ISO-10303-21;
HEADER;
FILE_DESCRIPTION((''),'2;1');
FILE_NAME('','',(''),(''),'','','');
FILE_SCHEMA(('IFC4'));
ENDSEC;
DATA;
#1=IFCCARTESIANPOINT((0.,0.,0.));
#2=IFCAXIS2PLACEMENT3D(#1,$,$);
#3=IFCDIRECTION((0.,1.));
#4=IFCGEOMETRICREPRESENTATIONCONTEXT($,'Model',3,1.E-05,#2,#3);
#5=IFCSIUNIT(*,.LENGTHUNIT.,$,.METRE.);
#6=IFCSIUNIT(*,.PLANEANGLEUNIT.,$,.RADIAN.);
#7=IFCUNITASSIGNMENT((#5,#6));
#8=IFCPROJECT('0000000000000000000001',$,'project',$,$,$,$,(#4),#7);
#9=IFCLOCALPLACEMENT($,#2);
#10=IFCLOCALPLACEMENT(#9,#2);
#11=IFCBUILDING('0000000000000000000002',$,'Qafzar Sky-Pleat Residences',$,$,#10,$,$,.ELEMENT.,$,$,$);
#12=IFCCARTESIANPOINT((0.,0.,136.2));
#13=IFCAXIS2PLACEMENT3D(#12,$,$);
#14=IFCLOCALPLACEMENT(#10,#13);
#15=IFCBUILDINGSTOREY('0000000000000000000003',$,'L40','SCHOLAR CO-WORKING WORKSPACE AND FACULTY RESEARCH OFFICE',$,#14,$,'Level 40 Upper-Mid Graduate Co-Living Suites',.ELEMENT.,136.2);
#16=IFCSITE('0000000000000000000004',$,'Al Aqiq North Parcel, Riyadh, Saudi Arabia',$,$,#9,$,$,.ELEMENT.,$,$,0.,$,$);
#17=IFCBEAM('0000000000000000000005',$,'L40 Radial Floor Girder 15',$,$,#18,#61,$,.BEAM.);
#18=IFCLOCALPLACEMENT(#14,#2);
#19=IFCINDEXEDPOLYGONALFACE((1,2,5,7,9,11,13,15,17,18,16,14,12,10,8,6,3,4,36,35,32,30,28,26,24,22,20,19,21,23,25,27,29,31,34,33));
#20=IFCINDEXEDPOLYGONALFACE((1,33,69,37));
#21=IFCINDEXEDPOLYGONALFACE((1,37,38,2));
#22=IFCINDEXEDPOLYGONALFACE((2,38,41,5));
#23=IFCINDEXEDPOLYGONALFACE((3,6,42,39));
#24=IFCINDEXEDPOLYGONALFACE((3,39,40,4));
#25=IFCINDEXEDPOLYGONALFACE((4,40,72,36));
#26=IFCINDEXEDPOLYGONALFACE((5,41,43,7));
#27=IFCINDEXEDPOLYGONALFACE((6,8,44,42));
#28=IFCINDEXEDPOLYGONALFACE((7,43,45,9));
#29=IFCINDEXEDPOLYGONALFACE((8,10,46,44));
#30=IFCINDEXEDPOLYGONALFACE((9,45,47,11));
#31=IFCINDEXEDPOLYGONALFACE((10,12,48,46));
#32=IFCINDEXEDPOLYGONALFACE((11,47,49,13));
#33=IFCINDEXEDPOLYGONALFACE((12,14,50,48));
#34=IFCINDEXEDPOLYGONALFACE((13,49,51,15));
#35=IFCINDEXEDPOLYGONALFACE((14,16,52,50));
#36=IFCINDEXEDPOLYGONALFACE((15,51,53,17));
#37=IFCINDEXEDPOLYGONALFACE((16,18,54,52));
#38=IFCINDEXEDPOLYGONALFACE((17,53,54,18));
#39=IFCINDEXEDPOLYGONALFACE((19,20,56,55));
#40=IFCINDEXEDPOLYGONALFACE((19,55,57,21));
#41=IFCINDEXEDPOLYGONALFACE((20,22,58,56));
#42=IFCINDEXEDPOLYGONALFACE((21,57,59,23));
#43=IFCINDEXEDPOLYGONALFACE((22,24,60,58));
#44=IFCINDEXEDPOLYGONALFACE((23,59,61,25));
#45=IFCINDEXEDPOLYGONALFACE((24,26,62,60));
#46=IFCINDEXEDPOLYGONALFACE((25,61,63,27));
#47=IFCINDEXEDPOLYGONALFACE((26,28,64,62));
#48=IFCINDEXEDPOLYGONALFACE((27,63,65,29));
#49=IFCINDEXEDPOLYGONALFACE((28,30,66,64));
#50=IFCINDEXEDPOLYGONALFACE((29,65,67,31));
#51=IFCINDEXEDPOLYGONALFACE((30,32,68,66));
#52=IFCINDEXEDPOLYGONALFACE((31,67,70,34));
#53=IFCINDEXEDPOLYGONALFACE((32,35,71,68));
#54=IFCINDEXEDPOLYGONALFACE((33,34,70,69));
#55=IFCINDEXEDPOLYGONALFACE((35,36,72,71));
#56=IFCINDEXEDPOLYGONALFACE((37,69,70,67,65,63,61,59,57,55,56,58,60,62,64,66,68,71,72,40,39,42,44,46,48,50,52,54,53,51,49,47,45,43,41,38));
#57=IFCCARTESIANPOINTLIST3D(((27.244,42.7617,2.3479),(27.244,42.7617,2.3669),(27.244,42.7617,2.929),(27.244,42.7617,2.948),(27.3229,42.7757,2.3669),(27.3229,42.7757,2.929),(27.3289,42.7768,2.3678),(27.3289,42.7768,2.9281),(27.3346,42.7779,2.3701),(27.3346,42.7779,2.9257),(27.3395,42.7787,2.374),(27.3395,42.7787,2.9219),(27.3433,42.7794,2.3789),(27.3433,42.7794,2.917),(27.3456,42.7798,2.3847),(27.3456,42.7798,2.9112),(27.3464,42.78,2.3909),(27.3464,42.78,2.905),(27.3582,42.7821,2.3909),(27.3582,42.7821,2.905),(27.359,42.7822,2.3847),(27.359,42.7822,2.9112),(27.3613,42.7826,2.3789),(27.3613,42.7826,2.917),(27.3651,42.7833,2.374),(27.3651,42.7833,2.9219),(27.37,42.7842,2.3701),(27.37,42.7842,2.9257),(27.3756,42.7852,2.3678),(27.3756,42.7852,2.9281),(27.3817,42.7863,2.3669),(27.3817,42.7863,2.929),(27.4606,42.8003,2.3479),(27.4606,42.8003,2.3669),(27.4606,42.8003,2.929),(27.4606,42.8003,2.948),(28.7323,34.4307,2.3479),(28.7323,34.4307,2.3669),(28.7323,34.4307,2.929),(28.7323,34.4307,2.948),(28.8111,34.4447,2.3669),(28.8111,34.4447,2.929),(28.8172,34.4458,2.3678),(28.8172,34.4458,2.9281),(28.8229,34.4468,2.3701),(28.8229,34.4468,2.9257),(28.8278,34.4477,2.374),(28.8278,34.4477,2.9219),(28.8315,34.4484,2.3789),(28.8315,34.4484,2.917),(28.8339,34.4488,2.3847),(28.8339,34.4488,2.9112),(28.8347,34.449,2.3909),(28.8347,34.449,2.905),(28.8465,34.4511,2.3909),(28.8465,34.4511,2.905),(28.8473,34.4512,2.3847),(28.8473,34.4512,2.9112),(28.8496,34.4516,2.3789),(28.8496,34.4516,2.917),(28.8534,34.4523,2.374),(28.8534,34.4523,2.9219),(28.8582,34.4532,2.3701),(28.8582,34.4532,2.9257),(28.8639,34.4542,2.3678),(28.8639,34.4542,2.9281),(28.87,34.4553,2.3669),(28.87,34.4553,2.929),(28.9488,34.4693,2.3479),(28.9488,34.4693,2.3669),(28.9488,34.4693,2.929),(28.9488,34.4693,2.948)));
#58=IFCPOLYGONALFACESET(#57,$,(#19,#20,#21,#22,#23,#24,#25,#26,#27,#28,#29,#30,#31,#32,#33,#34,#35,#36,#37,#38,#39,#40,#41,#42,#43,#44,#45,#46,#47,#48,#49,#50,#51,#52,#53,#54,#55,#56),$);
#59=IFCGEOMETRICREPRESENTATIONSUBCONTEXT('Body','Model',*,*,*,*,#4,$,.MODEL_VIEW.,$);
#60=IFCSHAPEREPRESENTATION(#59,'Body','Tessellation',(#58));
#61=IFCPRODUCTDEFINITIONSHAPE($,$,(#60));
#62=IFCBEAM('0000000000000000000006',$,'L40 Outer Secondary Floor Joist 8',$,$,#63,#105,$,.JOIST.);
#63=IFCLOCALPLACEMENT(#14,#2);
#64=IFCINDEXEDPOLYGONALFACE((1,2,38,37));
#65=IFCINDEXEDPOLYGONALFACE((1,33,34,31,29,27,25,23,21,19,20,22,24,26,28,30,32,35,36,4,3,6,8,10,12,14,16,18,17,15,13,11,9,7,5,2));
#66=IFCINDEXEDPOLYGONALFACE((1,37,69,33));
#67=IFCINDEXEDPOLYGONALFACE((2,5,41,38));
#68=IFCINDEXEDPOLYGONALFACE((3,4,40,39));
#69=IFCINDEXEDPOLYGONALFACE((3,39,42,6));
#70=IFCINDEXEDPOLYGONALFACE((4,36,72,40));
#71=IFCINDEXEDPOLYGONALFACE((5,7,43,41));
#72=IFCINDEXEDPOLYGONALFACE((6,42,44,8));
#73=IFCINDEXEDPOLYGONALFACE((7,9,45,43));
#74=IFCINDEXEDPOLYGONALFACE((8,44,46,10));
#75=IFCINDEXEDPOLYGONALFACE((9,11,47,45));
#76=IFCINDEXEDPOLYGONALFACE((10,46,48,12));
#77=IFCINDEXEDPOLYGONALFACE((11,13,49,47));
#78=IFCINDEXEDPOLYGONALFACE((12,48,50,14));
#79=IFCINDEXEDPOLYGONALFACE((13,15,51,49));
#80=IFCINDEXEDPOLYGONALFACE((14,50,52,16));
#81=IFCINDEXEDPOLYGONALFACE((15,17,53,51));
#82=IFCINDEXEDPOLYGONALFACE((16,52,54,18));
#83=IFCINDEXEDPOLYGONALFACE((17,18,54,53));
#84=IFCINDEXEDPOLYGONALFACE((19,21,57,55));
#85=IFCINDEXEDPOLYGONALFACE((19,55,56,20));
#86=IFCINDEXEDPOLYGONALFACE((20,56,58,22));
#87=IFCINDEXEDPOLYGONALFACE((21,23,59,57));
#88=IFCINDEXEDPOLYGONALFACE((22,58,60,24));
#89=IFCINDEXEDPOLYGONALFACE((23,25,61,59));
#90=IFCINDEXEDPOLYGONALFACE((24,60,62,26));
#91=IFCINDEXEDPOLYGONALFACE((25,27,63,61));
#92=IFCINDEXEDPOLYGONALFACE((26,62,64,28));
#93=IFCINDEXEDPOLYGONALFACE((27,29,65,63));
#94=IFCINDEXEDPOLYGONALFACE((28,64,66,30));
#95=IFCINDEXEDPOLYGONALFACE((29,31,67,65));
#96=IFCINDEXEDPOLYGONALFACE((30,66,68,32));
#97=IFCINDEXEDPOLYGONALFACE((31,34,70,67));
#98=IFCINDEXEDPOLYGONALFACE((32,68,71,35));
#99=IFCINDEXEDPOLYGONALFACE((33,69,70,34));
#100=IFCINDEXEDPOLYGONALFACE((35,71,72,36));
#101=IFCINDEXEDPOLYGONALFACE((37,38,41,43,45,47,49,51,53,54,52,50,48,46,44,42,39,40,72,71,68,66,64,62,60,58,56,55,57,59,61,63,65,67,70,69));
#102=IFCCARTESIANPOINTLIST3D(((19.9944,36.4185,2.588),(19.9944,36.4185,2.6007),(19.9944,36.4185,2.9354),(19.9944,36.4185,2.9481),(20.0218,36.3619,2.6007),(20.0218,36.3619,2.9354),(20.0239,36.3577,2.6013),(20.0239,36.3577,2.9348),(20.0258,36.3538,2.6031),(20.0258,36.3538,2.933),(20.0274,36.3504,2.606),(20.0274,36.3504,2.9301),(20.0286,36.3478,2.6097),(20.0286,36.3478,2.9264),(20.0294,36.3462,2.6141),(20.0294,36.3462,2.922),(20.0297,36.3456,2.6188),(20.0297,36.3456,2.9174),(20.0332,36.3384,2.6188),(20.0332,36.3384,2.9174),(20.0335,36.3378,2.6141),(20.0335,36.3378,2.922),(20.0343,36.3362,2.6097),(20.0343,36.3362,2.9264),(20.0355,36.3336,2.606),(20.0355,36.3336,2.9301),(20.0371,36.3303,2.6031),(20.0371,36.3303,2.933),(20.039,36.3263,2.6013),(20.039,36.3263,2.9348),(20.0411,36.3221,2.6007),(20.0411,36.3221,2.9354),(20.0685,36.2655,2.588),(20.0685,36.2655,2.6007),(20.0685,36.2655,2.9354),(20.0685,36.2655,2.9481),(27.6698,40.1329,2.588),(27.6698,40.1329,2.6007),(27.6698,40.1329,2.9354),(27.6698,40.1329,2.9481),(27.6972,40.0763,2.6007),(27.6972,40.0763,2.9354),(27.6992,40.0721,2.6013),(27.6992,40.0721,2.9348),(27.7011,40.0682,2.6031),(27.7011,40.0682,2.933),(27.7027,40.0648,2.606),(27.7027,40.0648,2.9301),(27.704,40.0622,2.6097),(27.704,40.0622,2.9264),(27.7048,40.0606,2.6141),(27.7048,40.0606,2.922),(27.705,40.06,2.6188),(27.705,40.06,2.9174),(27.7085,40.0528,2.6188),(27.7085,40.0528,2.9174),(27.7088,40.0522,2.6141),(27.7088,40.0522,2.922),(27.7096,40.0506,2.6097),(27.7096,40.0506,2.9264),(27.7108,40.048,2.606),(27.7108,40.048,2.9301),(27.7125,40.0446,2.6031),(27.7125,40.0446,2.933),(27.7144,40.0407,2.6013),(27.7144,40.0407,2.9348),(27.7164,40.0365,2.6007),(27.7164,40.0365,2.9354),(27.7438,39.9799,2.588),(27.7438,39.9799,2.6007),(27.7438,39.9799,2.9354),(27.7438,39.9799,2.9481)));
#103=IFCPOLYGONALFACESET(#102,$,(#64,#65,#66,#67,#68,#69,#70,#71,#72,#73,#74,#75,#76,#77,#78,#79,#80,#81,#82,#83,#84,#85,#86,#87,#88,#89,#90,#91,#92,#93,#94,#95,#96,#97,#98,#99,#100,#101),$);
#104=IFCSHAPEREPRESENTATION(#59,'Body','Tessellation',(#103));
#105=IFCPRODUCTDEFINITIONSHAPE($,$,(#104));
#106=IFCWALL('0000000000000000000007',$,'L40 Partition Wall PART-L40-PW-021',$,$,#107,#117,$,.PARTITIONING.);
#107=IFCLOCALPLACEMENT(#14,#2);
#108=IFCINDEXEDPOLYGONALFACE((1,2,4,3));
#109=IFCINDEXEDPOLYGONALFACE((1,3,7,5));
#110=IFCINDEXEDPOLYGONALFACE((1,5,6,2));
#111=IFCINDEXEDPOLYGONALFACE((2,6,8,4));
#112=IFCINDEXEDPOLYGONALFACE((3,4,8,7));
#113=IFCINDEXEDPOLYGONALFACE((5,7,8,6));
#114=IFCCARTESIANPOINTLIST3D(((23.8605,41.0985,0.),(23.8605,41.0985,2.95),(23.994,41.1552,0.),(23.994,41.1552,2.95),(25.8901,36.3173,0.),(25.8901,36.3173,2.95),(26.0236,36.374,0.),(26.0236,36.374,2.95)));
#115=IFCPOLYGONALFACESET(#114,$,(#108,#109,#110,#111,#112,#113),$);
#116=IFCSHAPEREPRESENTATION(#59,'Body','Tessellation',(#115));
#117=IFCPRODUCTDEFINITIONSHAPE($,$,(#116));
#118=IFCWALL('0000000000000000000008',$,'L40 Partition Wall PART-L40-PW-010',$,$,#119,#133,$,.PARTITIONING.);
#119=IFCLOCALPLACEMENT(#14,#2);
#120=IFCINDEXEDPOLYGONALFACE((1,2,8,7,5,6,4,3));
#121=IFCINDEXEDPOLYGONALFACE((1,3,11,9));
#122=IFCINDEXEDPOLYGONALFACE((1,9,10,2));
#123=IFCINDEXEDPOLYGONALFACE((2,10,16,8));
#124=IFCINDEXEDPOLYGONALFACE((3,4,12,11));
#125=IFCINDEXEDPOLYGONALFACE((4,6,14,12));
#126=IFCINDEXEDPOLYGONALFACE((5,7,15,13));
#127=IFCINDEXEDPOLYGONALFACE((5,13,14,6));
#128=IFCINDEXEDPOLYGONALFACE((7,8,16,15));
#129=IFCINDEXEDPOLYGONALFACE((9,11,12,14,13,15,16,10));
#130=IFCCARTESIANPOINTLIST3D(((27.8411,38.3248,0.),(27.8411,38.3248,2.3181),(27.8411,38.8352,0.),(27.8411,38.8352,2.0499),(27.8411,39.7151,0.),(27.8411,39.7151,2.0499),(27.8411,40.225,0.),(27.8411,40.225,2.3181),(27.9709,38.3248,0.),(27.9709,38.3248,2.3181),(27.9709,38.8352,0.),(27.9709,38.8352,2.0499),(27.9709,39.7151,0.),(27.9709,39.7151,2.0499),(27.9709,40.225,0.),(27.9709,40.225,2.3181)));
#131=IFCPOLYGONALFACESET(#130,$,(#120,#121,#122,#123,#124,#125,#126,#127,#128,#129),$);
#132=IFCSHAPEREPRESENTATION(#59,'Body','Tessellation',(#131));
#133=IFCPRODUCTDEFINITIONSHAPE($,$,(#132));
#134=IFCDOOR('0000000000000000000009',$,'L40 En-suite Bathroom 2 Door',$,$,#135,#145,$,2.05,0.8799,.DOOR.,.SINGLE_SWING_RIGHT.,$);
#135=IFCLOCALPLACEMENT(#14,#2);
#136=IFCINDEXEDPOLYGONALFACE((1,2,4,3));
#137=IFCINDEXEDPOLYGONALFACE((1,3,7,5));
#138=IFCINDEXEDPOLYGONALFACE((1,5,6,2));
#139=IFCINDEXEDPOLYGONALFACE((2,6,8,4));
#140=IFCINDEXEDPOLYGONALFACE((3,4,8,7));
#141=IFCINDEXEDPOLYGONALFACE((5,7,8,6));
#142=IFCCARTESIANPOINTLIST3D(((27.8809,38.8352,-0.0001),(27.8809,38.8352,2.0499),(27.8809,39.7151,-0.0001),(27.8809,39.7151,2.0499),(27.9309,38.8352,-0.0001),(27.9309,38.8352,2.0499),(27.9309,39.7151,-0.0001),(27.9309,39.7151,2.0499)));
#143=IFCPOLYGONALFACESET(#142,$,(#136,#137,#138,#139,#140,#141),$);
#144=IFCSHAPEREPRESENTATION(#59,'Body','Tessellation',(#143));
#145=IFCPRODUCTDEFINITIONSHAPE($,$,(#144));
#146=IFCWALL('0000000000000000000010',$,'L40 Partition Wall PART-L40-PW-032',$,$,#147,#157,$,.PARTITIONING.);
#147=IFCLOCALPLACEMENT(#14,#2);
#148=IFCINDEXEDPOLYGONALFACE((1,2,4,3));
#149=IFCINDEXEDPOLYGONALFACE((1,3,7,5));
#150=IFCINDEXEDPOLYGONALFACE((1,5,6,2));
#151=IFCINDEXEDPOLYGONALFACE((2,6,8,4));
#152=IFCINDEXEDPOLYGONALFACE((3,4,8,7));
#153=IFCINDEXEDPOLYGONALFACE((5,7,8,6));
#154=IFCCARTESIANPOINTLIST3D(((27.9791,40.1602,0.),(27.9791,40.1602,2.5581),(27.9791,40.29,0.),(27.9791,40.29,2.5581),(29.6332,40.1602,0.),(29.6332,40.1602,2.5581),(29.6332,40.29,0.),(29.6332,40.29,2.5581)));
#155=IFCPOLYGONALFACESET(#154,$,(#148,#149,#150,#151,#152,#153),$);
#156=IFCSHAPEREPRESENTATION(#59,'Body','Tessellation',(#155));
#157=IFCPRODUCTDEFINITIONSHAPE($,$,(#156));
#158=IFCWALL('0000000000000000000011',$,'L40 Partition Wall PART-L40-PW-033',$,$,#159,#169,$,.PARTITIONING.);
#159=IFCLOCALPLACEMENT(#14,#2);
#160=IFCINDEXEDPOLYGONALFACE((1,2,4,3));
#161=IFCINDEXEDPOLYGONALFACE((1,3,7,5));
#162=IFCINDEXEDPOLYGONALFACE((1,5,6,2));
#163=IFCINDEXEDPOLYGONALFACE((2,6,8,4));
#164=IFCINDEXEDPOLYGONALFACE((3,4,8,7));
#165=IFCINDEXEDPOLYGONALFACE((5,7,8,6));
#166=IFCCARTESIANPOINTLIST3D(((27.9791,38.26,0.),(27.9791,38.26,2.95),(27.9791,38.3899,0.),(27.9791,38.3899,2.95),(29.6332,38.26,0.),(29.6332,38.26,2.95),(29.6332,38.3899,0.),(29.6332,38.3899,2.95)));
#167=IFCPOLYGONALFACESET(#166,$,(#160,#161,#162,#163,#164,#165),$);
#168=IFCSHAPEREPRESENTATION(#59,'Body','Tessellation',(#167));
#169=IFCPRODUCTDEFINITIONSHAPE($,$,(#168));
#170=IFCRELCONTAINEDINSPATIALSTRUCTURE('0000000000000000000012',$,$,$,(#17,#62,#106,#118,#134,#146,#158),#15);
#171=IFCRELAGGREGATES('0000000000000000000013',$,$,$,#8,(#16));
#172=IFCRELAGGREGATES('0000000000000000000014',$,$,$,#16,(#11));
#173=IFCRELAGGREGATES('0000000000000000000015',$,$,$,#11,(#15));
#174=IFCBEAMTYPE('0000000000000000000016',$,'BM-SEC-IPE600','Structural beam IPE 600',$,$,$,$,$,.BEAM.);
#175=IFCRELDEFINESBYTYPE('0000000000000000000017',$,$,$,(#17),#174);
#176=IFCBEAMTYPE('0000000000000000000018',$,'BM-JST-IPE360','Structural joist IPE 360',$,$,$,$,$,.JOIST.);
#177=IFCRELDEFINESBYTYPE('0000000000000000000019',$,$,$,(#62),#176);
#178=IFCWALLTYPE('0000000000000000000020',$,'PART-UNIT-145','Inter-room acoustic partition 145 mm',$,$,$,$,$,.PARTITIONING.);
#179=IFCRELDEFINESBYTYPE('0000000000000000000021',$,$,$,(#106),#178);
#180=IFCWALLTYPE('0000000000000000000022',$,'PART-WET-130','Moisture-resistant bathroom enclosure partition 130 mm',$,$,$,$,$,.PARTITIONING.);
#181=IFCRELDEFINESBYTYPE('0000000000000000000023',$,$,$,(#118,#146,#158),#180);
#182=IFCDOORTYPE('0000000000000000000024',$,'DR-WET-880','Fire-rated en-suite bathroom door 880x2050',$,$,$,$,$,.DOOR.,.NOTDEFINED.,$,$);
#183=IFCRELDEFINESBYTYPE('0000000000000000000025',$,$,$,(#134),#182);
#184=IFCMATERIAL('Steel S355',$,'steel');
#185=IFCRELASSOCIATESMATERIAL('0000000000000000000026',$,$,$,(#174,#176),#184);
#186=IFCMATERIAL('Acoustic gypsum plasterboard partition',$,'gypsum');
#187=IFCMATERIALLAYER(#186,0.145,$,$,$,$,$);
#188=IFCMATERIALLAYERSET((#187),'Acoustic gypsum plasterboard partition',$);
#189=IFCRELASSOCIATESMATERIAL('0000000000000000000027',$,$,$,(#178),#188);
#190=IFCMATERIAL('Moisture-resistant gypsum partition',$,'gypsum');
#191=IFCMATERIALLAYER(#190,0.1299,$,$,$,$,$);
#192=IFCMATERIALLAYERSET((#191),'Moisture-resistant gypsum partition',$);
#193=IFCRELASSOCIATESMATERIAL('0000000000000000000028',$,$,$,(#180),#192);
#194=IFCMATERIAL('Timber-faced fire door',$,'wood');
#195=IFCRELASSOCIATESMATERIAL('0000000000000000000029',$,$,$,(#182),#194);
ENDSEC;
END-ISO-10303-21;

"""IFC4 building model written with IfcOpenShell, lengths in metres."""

from ifc_helpers import new_model, si_unit, direction, frame, frame_2d, origin, origin_2d, place, context, subcontext, project, spatial, rectangle, i_section, extrude, source, transform, mapped, material, layer, layer_set, material_profile, profile_set, type_object, element, fill, save


model = new_model("IFC4")

# Units and contexts
model_context = context("Model", 3, precision=1e-05, world=origin(), true_north=direction((0.0, 1.0)))
body_context = subcontext(model_context, "Body", "Model", "MODEL_VIEW")
ifc_project = project(units=[si_unit("LENGTHUNIT", "METRE"), si_unit("PLANEANGLEUNIT", "RADIAN")], contexts=[model_context])

# Site, building, storey
site_placement = place(None, origin())
site = spatial("IfcSite", under=ifc_project, at=site_placement, Name="Al Aqiq North Parcel, Riyadh, Saudi Arabia", CompositionType="ELEMENT", RefElevation=0.0)
building_placement = place(site_placement, origin())
building = spatial("IfcBuilding", under=site, at=building_placement, Name="Qafzar Sky-Pleat Residences", CompositionType="ELEMENT")
storey_placement = place(building_placement, frame((0.0, 0.0, 136.2)))
storey = spatial("IfcBuildingStorey", under=building, at=storey_placement, Name="L40", Description="SCHOLAR CO-WORKING WORKSPACE AND FACULTY RESEARCH OFFICE", LongName="Level 40 Upper-Mid Graduate Co-Living Suites", CompositionType="ELEMENT", Elevation=136.2)

# Shared definitions
ifc_material_1 = material(Name="Steel S355", Category="steel")

# Beams
ifc_material_profile_1 = material_profile(ifc_material_1, i_section(OverallWidth=0.22, OverallDepth=0.6001, WebThickness=0.012, FlangeThickness=0.019, FilletRadius=0.0239, at=origin_2d()), Name="IPE 600")
ifc_profile_set_1 = profile_set([ifc_material_profile_1], Name="Steel S355")
beam_type_1 = type_object("IfcBeamType", Name="BM-SEC-IPE600", Description="Structural beam IPE 600", PredefinedType="BEAM", material=ifc_profile_set_1)
shared_shape_1 = source(origin(), body_context, "Body", "SweptSolid", [
    extrude(i_section(OverallWidth=0.22, OverallDepth=0.6001, WebThickness=0.012, FlangeThickness=0.019, FilletRadius=0.0239, at=origin_2d()), origin(), (0.0, 0.0, 1.0), 8.4629),
])
beam_1_placement = place(storey_placement, frame((27.3523, 42.781, 2.6479), z_axis=(0.175859, -0.984415, 0.0), x_axis=(0.984415, 0.175859, 0.0)))
element("IfcBeam", 1, at=beam_1_placement, inside=storey, type_object=beam_type_1, Name="L40 Radial Floor Girder 15", PredefinedType="BEAM", context=body_context, shape_type="MappedRepresentation", body=[
    mapped(shared_shape_1, transform((0.0, 0.0, 0.0), x_axis=(1.0, 0.0, 0.0), y_axis=(0.0, 1.0, 0.0), z_axis=(0.0, 0.0, 1.0), scale=1.0)),
])
ifc_material_profile_2 = material_profile(ifc_material_1, i_section(OverallWidth=0.1699, OverallDepth=0.3601, WebThickness=0.0081, FlangeThickness=0.0127, FilletRadius=0.0181, at=origin_2d()), Name="IPE 360")
ifc_profile_set_2 = profile_set([ifc_material_profile_2], Name="Steel S355")
beam_type_2 = type_object("IfcBeamType", Name="BM-JST-IPE360", Description="Structural joist IPE 360", PredefinedType="JOIST", material=ifc_profile_set_2)
shared_shape_2 = source(origin(), body_context, "Body", "SweptSolid", [
    extrude(i_section(OverallWidth=0.1699, OverallDepth=0.3601, WebThickness=0.0081, FlangeThickness=0.0127, FilletRadius=0.0181, at=origin_2d()), origin(), (0.0, 0.0, 1.0), 8.5269),
])
beam_2_placement = place(storey_placement, frame((27.7068, 40.0564, 2.7681), z_axis=(-0.900136, -0.435609, 0.0), x_axis=(0.435609, -0.900136, 0.0)))
element("IfcBeam", 2, at=beam_2_placement, inside=storey, type_object=beam_type_2, Name="L40 Outer Secondary Floor Joist 8", PredefinedType="JOIST", context=body_context, shape_type="MappedRepresentation", body=[
    mapped(shared_shape_2, transform((0.0, 0.0, 0.0), x_axis=(1.0, 0.0, 0.0), y_axis=(0.0, 1.0, 0.0), z_axis=(0.0, 0.0, 1.0), scale=1.0)),
])

# Wall
ifc_material_2 = material(Name="Acoustic gypsum plasterboard partition", Category="gypsum")
ifc_layer_1 = layer(ifc_material_2, 0.145)
ifc_layer_set_1 = layer_set([ifc_layer_1], Name="Acoustic gypsum plasterboard partition")
wall_type_1 = type_object("IfcWallType", Name="PART-UNIT-145", Description="Inter-room acoustic partition 145 mm", PredefinedType="PARTITIONING", material=ifc_layer_set_1)
wall_1_placement = place(storey_placement, frame((23.9272, 41.127, 0.0), z_axis=(0.0, 0.0, 1.0), x_axis=(0.390735, -0.920503, 0.0)))
element("IfcWall", 3, at=wall_1_placement, inside=storey, type_object=wall_type_1, Name="L40 Partition Wall PART-L40-PW-021", PredefinedType="PARTITIONING", context=body_context, shape_type="SweptSolid", body=[
    extrude(rectangle(XDim=5.1941, YDim=0.145, at=frame_2d((2.5972, 0.0))), origin(), (0.0, 0.0, 1.0), 2.95),
])

# Wall, opening, door
ifc_material_3 = material(Name="Moisture-resistant gypsum partition", Category="gypsum")
ifc_layer_2 = layer(ifc_material_3, 0.1299)
ifc_layer_set_2 = layer_set([ifc_layer_2], Name="Moisture-resistant gypsum partition")
wall_type_2 = type_object("IfcWallType", Name="PART-WET-130", Description="Moisture-resistant bathroom enclosure partition 130 mm", PredefinedType="PARTITIONING", material=ifc_layer_set_2)
wall_2_placement = place(storey_placement, frame((27.906, 40.2251, 0.0), z_axis=(0.0, 0.0, 1.0), x_axis=(0.0, -1.0, 0.0)))
wall_2 = element("IfcWall", 4, at=wall_2_placement, inside=storey, type_object=wall_type_2, Name="L40 Partition Wall PART-L40-PW-010", PredefinedType="PARTITIONING", context=body_context, shape_type="SweptSolid", body=[
    extrude(rectangle(XDim=1.9001, YDim=0.1299, at=frame_2d((0.9502, 0.0))), origin(), (0.0, 0.0, 1.0), 2.3181),
])
opening_1_placement = place(wall_2_placement, frame((0.51, 0.0, 0.0)))
opening_1 = element("IfcOpeningElement", 5, at=opening_1_placement, cuts=wall_2, PredefinedType="OPENING", context=body_context, shape_type="SweptSolid", body=[
    extrude(rectangle(XDim=0.8799, YDim=2.05, at=frame_2d((0.4399, 1.0249))), frame((0.0, 0.075, 0.0), z_axis=(0.0, -1.0, 0.0), x_axis=(1.0, 0.0, 0.0)), (0.0, 0.0, 1.0), 0.1499),
])
ifc_material_4 = material(Name="Timber-faced fire door", Category="wood")
door_type = type_object("IfcDoorType", Name="DR-WET-880", Description="Fire-rated en-suite bathroom door 880x2050", OperationType="NOTDEFINED", PredefinedType="DOOR", material=ifc_material_4)
shared_shape_3 = source(origin(), body_context, "Body", "SweptSolid", [
    extrude(rectangle(XDim=0.8799, YDim=2.05, at=frame_2d((0.4399, 1.0249))), frame((0.0, 0.0249, 0.0), z_axis=(0.0, -1.0, 0.0), x_axis=(1.0, 0.0, 0.0)), (0.0, 0.0, 1.0), 0.05),
])
door_placement = place(opening_1_placement, origin())
door = element("IfcDoor", 6, at=door_placement, inside=storey, type_object=door_type, Name="L40 En-suite Bathroom 2 Door", OperationType="SINGLE_SWING_RIGHT", OverallHeight=2.05, OverallWidth=0.8799, PredefinedType="DOOR", context=body_context, shape_type="MappedRepresentation", body=[
    mapped(shared_shape_3, transform((0.0, 0.0, 0.0), x_axis=(1.0, 0.0, 0.0), y_axis=(0.0, 1.0, 0.0), z_axis=(0.0, 0.0, 1.0), scale=1.0)),
])
fill(opening_1, door)

# Walls
wall_3_placement = place(storey_placement, frame((27.979, 40.2251, 0.0), z_axis=(0.0, 0.0, 1.0), x_axis=(1.0, 0.0, 0.0)))
element("IfcWall", 7, at=wall_3_placement, inside=storey, type_object=wall_type_2, Name="L40 Partition Wall PART-L40-PW-032", PredefinedType="PARTITIONING", context=body_context, shape_type="SweptSolid", body=[
    extrude(rectangle(XDim=1.6541, YDim=0.1299, at=frame_2d((0.8271, 0.0))), origin(), (0.0, 0.0, 1.0), 2.5581),
])
wall_4_placement = place(storey_placement, frame((27.979, 38.325, 0.0), z_axis=(0.0, 0.0, 1.0), x_axis=(1.0, 0.0, 0.0)))
element("IfcWall", 8, at=wall_4_placement, inside=storey, type_object=wall_type_2, Name="L40 Partition Wall PART-L40-PW-033", PredefinedType="PARTITIONING", context=body_context, shape_type="SweptSolid", body=[
    extrude(rectangle(XDim=1.6541, YDim=0.1299, at=frame_2d((0.8271, 0.0))), origin(), (0.0, 0.0, 1.0), 2.95),
])

save(model, "model.ifc")
